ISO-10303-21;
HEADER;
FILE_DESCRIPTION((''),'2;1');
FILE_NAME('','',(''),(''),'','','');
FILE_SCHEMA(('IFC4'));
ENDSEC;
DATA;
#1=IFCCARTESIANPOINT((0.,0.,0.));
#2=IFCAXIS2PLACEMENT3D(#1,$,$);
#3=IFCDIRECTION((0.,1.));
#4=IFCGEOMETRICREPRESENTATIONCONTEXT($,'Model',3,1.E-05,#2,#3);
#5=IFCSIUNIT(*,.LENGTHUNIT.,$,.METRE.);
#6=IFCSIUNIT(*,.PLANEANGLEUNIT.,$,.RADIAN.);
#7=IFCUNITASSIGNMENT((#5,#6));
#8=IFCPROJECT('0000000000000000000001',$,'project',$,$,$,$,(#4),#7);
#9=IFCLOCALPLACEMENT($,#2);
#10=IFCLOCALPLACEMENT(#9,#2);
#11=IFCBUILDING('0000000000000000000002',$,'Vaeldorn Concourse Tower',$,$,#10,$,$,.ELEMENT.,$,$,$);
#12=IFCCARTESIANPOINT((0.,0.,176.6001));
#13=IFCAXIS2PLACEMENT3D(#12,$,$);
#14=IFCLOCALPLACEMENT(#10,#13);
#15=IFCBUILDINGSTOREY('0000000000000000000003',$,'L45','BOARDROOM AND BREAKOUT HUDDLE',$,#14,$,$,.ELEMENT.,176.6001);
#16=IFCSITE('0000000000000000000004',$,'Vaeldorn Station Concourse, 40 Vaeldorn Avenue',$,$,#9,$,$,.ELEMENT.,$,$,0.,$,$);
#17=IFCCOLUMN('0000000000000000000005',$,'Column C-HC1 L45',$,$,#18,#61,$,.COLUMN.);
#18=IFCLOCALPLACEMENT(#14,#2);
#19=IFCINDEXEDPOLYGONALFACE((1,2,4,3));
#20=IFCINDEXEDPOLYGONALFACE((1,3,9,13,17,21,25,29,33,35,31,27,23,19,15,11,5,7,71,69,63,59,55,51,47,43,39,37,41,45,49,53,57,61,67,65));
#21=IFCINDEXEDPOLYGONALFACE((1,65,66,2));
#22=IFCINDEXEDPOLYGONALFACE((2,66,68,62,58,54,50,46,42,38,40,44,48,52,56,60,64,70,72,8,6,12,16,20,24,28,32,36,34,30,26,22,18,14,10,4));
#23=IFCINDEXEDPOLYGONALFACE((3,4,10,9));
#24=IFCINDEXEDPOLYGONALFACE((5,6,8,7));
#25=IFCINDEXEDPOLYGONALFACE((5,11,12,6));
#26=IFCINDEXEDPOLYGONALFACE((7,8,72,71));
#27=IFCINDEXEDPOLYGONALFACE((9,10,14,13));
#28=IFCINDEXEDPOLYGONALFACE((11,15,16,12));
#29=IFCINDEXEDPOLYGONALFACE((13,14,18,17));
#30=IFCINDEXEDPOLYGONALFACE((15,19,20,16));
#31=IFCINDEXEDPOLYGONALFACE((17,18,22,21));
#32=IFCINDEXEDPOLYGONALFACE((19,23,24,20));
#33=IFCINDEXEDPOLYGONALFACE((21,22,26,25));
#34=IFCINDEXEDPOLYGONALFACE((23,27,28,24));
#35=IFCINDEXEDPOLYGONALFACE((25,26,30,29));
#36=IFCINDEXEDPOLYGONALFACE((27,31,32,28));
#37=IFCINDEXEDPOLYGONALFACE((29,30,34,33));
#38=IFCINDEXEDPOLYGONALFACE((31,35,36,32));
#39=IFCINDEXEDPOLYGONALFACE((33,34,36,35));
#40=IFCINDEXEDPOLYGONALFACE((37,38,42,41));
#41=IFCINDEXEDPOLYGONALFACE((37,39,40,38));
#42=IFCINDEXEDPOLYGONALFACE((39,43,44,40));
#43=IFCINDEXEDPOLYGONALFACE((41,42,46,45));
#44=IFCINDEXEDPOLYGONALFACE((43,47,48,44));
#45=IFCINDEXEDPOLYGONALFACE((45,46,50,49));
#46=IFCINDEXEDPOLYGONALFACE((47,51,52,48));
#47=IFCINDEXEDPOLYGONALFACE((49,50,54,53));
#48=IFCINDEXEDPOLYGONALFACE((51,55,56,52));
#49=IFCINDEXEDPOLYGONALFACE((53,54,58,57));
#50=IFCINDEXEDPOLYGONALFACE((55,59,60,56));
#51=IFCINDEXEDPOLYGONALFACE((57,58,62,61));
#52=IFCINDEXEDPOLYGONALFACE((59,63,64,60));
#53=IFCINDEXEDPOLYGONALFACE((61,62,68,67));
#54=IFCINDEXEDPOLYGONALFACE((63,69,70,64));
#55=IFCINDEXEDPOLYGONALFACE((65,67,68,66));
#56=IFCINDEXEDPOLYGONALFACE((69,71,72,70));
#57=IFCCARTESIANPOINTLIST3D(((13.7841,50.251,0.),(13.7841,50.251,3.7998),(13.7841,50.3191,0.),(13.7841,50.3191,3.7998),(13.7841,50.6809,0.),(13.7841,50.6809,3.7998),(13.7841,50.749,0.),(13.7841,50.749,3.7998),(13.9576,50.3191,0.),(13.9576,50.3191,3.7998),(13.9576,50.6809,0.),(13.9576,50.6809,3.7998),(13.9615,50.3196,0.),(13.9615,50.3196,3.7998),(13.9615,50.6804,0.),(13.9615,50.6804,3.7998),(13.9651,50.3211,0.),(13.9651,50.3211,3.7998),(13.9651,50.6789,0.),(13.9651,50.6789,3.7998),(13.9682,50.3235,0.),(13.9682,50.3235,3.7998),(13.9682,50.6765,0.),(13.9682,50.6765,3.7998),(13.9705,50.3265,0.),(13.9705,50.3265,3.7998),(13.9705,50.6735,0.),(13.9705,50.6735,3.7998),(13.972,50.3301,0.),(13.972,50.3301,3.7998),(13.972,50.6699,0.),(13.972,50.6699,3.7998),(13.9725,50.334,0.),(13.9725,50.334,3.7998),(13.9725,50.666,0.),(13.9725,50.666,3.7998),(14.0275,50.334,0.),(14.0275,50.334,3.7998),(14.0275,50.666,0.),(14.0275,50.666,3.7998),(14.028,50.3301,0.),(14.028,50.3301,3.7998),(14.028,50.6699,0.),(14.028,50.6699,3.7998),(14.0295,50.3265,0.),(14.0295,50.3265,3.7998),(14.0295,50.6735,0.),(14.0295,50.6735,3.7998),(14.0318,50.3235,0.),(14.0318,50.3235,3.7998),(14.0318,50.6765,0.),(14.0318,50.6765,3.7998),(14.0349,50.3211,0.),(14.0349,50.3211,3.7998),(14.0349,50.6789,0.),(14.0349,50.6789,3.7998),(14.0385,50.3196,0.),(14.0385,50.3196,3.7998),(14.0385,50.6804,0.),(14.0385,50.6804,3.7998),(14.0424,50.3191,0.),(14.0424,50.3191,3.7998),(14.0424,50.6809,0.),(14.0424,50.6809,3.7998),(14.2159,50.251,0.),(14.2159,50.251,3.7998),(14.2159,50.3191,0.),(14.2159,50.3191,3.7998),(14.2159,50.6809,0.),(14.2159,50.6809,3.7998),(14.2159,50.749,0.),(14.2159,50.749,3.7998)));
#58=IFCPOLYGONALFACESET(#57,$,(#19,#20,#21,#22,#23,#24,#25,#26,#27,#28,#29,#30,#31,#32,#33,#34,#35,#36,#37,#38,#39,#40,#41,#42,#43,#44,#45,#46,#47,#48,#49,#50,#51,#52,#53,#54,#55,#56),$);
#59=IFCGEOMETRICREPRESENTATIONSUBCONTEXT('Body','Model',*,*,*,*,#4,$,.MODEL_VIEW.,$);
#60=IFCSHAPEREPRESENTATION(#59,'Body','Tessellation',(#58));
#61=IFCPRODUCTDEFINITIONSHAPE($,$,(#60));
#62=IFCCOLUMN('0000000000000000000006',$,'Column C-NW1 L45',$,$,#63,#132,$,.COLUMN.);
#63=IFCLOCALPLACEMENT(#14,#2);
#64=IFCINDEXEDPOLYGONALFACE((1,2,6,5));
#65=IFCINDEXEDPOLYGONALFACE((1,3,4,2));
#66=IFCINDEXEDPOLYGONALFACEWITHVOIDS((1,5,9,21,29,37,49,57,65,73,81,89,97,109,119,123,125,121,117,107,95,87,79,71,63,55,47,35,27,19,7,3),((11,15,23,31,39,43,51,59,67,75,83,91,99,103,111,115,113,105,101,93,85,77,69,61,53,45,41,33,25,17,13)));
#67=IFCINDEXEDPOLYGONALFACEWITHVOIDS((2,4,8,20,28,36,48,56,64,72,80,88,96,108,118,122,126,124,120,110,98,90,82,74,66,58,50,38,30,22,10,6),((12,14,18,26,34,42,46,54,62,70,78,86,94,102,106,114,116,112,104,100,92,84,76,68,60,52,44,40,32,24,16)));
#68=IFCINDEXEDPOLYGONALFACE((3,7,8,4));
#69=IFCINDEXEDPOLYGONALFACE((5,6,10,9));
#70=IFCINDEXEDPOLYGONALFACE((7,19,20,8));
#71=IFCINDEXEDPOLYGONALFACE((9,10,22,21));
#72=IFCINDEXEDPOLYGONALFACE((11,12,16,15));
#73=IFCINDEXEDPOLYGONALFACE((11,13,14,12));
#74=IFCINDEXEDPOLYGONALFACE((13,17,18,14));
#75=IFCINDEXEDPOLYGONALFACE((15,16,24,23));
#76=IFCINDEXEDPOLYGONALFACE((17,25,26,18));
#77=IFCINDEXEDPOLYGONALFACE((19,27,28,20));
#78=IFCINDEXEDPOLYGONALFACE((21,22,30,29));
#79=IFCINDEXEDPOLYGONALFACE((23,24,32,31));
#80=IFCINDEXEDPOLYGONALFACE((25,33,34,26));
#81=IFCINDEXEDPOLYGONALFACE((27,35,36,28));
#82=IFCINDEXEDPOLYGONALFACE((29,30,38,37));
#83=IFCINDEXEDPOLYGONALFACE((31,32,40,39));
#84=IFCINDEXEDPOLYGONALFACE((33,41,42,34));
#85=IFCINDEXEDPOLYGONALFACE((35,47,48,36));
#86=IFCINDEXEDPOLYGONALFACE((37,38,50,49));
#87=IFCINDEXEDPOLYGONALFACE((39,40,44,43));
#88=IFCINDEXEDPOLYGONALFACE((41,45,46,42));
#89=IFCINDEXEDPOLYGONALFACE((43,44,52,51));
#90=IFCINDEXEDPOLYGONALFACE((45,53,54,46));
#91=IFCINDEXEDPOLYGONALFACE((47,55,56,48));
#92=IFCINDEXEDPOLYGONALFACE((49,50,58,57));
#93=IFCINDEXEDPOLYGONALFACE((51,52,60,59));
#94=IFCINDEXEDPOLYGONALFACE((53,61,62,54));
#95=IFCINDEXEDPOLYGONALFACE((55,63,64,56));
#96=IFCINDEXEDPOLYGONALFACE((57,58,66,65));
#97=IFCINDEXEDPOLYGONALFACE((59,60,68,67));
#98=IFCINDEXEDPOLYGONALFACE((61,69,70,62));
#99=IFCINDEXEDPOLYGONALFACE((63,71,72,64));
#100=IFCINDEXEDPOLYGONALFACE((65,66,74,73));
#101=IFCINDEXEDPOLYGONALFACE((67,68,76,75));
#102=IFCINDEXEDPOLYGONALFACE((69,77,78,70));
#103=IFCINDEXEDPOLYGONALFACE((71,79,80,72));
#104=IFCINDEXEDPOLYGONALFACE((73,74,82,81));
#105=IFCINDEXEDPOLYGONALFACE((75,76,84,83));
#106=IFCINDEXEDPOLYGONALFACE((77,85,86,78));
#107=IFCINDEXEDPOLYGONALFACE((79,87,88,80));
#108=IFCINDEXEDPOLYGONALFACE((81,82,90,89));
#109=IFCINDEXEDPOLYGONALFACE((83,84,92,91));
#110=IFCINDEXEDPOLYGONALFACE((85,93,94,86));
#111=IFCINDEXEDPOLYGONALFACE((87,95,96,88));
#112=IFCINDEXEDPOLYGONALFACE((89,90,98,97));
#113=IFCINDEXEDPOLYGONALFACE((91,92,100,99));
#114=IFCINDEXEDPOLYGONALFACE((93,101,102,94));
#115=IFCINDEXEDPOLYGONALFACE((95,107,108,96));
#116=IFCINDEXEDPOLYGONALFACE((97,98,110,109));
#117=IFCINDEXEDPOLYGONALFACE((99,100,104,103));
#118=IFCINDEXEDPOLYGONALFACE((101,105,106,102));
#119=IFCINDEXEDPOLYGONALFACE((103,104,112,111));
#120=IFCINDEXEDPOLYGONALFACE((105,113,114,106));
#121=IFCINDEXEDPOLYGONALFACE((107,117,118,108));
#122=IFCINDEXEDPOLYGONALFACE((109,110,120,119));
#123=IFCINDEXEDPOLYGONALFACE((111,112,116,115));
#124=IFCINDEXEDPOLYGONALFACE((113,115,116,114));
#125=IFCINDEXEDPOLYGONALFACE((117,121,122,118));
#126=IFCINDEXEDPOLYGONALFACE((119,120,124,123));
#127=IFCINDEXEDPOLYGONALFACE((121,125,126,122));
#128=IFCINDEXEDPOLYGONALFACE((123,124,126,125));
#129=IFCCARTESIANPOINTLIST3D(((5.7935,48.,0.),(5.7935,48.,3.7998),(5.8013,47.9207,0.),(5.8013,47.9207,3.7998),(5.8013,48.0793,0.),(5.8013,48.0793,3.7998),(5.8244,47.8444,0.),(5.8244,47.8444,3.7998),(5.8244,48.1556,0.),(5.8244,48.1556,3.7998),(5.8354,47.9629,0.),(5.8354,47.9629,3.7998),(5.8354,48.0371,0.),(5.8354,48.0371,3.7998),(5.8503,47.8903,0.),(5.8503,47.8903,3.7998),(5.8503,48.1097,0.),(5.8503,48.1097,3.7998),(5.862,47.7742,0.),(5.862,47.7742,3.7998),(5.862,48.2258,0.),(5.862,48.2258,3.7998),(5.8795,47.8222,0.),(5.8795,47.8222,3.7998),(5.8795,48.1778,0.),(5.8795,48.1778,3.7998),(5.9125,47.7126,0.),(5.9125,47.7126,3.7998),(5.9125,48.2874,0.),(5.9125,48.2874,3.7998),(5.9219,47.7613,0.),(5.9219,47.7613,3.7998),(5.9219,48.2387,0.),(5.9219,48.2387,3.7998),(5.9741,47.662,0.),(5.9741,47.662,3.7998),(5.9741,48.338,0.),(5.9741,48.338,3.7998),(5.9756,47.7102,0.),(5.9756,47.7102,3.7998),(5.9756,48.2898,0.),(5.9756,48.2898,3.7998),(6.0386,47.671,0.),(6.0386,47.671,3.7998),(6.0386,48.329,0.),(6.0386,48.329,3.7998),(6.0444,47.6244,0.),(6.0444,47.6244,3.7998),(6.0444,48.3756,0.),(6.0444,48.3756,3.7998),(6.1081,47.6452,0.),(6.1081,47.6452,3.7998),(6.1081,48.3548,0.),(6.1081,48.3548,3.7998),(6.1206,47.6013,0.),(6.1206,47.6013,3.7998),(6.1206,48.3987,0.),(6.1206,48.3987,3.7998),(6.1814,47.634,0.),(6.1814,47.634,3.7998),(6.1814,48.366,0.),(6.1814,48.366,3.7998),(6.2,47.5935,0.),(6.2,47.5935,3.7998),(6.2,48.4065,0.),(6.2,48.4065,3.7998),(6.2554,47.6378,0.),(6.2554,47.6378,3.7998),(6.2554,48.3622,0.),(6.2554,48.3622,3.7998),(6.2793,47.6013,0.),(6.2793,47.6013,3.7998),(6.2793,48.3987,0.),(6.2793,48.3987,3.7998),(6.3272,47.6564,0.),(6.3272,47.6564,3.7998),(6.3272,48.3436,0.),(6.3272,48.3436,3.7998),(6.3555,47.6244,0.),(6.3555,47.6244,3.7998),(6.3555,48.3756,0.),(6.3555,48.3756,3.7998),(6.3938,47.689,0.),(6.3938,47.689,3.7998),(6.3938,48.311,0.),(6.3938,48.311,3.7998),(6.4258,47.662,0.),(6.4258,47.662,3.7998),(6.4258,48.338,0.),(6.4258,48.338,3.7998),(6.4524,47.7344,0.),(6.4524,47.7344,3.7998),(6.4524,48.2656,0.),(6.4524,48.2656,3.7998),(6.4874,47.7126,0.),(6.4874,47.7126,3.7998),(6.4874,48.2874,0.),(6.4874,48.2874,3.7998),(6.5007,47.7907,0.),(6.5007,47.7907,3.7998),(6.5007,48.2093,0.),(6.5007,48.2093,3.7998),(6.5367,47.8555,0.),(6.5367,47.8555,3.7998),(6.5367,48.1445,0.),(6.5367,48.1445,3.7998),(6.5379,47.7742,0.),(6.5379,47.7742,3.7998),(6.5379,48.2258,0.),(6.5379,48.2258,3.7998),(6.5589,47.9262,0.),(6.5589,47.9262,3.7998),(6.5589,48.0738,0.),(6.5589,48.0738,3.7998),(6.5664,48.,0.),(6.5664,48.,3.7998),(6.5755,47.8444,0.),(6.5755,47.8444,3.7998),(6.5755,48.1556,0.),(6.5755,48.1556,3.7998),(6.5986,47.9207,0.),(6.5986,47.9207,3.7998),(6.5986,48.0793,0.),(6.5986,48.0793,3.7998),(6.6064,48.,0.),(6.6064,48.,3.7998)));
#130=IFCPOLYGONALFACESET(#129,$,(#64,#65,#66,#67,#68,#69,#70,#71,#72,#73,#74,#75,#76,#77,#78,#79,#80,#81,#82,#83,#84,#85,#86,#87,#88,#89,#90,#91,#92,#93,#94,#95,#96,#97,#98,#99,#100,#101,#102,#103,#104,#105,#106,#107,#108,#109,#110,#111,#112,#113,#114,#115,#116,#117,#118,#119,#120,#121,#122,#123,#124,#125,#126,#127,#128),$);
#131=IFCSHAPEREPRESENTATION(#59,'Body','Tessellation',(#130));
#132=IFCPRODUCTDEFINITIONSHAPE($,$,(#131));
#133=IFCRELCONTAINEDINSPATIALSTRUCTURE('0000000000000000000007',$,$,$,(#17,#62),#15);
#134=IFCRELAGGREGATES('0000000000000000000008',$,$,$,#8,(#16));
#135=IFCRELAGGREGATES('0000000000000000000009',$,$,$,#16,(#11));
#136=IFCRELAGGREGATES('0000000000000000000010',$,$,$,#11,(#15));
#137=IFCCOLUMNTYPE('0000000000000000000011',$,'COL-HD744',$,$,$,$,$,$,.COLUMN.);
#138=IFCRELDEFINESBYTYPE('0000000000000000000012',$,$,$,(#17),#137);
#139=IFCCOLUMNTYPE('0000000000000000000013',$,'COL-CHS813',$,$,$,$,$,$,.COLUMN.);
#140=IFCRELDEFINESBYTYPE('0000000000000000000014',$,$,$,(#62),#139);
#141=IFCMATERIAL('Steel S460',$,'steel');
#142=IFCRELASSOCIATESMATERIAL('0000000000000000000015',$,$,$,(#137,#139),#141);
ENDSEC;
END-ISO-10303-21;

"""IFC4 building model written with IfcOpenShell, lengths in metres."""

from ifc_helpers import new_model, si_unit, direction, frame, origin, origin_2d, place, context, subcontext, project, spatial, hollow_circle, i_section, extrude, source, transform, mapped, material, material_profile, profile_set, type_object, element, save


model = new_model("IFC4")

# Units and contexts
model_context = context("Model", 3, precision=1e-05, world=origin(), true_north=direction((0.0, 1.0)))
body_context = subcontext(model_context, "Body", "Model", "MODEL_VIEW")
ifc_project = project(units=[si_unit("LENGTHUNIT", "METRE"), si_unit("PLANEANGLEUNIT", "RADIAN")], contexts=[model_context])

# Site, building, storey
site_placement = place(None, origin())
site = spatial("IfcSite", under=ifc_project, at=site_placement, Name="Vaeldorn Station Concourse, 40 Vaeldorn Avenue", CompositionType="ELEMENT", RefElevation=0.0)
building_placement = place(site_placement, origin())
building = spatial("IfcBuilding", under=site, at=building_placement, Name="Vaeldorn Concourse Tower", CompositionType="ELEMENT")
storey_placement = place(building_placement, frame((0.0, 0.0, 176.6001)))
storey = spatial("IfcBuildingStorey", under=building, at=storey_placement, Name="L45", Description="BOARDROOM AND BREAKOUT HUDDLE", CompositionType="ELEMENT", Elevation=176.6001)

# Columns
ifc_material_1 = material(Name="Steel S460", Category="steel")
ifc_material_profile_1 = material_profile(ifc_material_1, i_section(OverallWidth=0.4319, OverallDepth=0.498, WebThickness=0.0549, FlangeThickness=0.0681, FilletRadius=0.0149, at=origin_2d()), Name="HD 400x744")
ifc_profile_set_1 = profile_set([ifc_material_profile_1], Name="Steel S460")
column_type_1 = type_object("IfcColumnType", Name="COL-HD744", PredefinedType="COLUMN", material=ifc_profile_set_1)
shared_shape_1 = source(origin(), body_context, "Body", "SweptSolid", [
    extrude(i_section(OverallWidth=0.4319, OverallDepth=0.498, WebThickness=0.0549, FlangeThickness=0.0681, FilletRadius=0.0149, at=origin_2d()), origin(), (0.0, 0.0, 1.0), 3.7998),
])
column_1_placement = place(storey_placement, frame((14.0, 50.5, 0.0), z_axis=(0.0, 0.0, 1.0), x_axis=(1.0, 0.0, 0.0)))
element("IfcColumn", 1, at=column_1_placement, inside=storey, type_object=column_type_1, Name="Column C-HC1 L45", PredefinedType="COLUMN", context=body_context, shape_type="MappedRepresentation", body=[
    mapped(shared_shape_1, transform((0.0, 0.0, 0.0), scale=1.0)),
])
ifc_material_profile_2 = material_profile(ifc_material_1, hollow_circle(Radius=0.4065, WallThickness=0.04, at=origin_2d()), Name="CHS 813x40")
ifc_profile_set_2 = profile_set([ifc_material_profile_2], Name="Steel S460")
column_type_2 = type_object("IfcColumnType", Name="COL-CHS813", PredefinedType="COLUMN", material=ifc_profile_set_2)
shared_shape_2 = source(origin(), body_context, "Body", "SweptSolid", [
    extrude(hollow_circle(Radius=0.4065, WallThickness=0.04, at=origin_2d()), origin(), (0.0, 0.0, 1.0), 3.7998),
])
column_2_placement = place(storey_placement, frame((6.2, 48.0, 0.0), z_axis=(0.0, 0.0, 1.0), x_axis=(1.0, 0.0, 0.0)))
element("IfcColumn", 2, at=column_2_placement, inside=storey, type_object=column_type_2, Name="Column C-NW1 L45", PredefinedType="COLUMN", context=body_context, shape_type="MappedRepresentation", body=[
    mapped(shared_shape_2, transform((0.0, 0.0, 0.0), scale=1.0)),
])

save(model, "model.ifc")
